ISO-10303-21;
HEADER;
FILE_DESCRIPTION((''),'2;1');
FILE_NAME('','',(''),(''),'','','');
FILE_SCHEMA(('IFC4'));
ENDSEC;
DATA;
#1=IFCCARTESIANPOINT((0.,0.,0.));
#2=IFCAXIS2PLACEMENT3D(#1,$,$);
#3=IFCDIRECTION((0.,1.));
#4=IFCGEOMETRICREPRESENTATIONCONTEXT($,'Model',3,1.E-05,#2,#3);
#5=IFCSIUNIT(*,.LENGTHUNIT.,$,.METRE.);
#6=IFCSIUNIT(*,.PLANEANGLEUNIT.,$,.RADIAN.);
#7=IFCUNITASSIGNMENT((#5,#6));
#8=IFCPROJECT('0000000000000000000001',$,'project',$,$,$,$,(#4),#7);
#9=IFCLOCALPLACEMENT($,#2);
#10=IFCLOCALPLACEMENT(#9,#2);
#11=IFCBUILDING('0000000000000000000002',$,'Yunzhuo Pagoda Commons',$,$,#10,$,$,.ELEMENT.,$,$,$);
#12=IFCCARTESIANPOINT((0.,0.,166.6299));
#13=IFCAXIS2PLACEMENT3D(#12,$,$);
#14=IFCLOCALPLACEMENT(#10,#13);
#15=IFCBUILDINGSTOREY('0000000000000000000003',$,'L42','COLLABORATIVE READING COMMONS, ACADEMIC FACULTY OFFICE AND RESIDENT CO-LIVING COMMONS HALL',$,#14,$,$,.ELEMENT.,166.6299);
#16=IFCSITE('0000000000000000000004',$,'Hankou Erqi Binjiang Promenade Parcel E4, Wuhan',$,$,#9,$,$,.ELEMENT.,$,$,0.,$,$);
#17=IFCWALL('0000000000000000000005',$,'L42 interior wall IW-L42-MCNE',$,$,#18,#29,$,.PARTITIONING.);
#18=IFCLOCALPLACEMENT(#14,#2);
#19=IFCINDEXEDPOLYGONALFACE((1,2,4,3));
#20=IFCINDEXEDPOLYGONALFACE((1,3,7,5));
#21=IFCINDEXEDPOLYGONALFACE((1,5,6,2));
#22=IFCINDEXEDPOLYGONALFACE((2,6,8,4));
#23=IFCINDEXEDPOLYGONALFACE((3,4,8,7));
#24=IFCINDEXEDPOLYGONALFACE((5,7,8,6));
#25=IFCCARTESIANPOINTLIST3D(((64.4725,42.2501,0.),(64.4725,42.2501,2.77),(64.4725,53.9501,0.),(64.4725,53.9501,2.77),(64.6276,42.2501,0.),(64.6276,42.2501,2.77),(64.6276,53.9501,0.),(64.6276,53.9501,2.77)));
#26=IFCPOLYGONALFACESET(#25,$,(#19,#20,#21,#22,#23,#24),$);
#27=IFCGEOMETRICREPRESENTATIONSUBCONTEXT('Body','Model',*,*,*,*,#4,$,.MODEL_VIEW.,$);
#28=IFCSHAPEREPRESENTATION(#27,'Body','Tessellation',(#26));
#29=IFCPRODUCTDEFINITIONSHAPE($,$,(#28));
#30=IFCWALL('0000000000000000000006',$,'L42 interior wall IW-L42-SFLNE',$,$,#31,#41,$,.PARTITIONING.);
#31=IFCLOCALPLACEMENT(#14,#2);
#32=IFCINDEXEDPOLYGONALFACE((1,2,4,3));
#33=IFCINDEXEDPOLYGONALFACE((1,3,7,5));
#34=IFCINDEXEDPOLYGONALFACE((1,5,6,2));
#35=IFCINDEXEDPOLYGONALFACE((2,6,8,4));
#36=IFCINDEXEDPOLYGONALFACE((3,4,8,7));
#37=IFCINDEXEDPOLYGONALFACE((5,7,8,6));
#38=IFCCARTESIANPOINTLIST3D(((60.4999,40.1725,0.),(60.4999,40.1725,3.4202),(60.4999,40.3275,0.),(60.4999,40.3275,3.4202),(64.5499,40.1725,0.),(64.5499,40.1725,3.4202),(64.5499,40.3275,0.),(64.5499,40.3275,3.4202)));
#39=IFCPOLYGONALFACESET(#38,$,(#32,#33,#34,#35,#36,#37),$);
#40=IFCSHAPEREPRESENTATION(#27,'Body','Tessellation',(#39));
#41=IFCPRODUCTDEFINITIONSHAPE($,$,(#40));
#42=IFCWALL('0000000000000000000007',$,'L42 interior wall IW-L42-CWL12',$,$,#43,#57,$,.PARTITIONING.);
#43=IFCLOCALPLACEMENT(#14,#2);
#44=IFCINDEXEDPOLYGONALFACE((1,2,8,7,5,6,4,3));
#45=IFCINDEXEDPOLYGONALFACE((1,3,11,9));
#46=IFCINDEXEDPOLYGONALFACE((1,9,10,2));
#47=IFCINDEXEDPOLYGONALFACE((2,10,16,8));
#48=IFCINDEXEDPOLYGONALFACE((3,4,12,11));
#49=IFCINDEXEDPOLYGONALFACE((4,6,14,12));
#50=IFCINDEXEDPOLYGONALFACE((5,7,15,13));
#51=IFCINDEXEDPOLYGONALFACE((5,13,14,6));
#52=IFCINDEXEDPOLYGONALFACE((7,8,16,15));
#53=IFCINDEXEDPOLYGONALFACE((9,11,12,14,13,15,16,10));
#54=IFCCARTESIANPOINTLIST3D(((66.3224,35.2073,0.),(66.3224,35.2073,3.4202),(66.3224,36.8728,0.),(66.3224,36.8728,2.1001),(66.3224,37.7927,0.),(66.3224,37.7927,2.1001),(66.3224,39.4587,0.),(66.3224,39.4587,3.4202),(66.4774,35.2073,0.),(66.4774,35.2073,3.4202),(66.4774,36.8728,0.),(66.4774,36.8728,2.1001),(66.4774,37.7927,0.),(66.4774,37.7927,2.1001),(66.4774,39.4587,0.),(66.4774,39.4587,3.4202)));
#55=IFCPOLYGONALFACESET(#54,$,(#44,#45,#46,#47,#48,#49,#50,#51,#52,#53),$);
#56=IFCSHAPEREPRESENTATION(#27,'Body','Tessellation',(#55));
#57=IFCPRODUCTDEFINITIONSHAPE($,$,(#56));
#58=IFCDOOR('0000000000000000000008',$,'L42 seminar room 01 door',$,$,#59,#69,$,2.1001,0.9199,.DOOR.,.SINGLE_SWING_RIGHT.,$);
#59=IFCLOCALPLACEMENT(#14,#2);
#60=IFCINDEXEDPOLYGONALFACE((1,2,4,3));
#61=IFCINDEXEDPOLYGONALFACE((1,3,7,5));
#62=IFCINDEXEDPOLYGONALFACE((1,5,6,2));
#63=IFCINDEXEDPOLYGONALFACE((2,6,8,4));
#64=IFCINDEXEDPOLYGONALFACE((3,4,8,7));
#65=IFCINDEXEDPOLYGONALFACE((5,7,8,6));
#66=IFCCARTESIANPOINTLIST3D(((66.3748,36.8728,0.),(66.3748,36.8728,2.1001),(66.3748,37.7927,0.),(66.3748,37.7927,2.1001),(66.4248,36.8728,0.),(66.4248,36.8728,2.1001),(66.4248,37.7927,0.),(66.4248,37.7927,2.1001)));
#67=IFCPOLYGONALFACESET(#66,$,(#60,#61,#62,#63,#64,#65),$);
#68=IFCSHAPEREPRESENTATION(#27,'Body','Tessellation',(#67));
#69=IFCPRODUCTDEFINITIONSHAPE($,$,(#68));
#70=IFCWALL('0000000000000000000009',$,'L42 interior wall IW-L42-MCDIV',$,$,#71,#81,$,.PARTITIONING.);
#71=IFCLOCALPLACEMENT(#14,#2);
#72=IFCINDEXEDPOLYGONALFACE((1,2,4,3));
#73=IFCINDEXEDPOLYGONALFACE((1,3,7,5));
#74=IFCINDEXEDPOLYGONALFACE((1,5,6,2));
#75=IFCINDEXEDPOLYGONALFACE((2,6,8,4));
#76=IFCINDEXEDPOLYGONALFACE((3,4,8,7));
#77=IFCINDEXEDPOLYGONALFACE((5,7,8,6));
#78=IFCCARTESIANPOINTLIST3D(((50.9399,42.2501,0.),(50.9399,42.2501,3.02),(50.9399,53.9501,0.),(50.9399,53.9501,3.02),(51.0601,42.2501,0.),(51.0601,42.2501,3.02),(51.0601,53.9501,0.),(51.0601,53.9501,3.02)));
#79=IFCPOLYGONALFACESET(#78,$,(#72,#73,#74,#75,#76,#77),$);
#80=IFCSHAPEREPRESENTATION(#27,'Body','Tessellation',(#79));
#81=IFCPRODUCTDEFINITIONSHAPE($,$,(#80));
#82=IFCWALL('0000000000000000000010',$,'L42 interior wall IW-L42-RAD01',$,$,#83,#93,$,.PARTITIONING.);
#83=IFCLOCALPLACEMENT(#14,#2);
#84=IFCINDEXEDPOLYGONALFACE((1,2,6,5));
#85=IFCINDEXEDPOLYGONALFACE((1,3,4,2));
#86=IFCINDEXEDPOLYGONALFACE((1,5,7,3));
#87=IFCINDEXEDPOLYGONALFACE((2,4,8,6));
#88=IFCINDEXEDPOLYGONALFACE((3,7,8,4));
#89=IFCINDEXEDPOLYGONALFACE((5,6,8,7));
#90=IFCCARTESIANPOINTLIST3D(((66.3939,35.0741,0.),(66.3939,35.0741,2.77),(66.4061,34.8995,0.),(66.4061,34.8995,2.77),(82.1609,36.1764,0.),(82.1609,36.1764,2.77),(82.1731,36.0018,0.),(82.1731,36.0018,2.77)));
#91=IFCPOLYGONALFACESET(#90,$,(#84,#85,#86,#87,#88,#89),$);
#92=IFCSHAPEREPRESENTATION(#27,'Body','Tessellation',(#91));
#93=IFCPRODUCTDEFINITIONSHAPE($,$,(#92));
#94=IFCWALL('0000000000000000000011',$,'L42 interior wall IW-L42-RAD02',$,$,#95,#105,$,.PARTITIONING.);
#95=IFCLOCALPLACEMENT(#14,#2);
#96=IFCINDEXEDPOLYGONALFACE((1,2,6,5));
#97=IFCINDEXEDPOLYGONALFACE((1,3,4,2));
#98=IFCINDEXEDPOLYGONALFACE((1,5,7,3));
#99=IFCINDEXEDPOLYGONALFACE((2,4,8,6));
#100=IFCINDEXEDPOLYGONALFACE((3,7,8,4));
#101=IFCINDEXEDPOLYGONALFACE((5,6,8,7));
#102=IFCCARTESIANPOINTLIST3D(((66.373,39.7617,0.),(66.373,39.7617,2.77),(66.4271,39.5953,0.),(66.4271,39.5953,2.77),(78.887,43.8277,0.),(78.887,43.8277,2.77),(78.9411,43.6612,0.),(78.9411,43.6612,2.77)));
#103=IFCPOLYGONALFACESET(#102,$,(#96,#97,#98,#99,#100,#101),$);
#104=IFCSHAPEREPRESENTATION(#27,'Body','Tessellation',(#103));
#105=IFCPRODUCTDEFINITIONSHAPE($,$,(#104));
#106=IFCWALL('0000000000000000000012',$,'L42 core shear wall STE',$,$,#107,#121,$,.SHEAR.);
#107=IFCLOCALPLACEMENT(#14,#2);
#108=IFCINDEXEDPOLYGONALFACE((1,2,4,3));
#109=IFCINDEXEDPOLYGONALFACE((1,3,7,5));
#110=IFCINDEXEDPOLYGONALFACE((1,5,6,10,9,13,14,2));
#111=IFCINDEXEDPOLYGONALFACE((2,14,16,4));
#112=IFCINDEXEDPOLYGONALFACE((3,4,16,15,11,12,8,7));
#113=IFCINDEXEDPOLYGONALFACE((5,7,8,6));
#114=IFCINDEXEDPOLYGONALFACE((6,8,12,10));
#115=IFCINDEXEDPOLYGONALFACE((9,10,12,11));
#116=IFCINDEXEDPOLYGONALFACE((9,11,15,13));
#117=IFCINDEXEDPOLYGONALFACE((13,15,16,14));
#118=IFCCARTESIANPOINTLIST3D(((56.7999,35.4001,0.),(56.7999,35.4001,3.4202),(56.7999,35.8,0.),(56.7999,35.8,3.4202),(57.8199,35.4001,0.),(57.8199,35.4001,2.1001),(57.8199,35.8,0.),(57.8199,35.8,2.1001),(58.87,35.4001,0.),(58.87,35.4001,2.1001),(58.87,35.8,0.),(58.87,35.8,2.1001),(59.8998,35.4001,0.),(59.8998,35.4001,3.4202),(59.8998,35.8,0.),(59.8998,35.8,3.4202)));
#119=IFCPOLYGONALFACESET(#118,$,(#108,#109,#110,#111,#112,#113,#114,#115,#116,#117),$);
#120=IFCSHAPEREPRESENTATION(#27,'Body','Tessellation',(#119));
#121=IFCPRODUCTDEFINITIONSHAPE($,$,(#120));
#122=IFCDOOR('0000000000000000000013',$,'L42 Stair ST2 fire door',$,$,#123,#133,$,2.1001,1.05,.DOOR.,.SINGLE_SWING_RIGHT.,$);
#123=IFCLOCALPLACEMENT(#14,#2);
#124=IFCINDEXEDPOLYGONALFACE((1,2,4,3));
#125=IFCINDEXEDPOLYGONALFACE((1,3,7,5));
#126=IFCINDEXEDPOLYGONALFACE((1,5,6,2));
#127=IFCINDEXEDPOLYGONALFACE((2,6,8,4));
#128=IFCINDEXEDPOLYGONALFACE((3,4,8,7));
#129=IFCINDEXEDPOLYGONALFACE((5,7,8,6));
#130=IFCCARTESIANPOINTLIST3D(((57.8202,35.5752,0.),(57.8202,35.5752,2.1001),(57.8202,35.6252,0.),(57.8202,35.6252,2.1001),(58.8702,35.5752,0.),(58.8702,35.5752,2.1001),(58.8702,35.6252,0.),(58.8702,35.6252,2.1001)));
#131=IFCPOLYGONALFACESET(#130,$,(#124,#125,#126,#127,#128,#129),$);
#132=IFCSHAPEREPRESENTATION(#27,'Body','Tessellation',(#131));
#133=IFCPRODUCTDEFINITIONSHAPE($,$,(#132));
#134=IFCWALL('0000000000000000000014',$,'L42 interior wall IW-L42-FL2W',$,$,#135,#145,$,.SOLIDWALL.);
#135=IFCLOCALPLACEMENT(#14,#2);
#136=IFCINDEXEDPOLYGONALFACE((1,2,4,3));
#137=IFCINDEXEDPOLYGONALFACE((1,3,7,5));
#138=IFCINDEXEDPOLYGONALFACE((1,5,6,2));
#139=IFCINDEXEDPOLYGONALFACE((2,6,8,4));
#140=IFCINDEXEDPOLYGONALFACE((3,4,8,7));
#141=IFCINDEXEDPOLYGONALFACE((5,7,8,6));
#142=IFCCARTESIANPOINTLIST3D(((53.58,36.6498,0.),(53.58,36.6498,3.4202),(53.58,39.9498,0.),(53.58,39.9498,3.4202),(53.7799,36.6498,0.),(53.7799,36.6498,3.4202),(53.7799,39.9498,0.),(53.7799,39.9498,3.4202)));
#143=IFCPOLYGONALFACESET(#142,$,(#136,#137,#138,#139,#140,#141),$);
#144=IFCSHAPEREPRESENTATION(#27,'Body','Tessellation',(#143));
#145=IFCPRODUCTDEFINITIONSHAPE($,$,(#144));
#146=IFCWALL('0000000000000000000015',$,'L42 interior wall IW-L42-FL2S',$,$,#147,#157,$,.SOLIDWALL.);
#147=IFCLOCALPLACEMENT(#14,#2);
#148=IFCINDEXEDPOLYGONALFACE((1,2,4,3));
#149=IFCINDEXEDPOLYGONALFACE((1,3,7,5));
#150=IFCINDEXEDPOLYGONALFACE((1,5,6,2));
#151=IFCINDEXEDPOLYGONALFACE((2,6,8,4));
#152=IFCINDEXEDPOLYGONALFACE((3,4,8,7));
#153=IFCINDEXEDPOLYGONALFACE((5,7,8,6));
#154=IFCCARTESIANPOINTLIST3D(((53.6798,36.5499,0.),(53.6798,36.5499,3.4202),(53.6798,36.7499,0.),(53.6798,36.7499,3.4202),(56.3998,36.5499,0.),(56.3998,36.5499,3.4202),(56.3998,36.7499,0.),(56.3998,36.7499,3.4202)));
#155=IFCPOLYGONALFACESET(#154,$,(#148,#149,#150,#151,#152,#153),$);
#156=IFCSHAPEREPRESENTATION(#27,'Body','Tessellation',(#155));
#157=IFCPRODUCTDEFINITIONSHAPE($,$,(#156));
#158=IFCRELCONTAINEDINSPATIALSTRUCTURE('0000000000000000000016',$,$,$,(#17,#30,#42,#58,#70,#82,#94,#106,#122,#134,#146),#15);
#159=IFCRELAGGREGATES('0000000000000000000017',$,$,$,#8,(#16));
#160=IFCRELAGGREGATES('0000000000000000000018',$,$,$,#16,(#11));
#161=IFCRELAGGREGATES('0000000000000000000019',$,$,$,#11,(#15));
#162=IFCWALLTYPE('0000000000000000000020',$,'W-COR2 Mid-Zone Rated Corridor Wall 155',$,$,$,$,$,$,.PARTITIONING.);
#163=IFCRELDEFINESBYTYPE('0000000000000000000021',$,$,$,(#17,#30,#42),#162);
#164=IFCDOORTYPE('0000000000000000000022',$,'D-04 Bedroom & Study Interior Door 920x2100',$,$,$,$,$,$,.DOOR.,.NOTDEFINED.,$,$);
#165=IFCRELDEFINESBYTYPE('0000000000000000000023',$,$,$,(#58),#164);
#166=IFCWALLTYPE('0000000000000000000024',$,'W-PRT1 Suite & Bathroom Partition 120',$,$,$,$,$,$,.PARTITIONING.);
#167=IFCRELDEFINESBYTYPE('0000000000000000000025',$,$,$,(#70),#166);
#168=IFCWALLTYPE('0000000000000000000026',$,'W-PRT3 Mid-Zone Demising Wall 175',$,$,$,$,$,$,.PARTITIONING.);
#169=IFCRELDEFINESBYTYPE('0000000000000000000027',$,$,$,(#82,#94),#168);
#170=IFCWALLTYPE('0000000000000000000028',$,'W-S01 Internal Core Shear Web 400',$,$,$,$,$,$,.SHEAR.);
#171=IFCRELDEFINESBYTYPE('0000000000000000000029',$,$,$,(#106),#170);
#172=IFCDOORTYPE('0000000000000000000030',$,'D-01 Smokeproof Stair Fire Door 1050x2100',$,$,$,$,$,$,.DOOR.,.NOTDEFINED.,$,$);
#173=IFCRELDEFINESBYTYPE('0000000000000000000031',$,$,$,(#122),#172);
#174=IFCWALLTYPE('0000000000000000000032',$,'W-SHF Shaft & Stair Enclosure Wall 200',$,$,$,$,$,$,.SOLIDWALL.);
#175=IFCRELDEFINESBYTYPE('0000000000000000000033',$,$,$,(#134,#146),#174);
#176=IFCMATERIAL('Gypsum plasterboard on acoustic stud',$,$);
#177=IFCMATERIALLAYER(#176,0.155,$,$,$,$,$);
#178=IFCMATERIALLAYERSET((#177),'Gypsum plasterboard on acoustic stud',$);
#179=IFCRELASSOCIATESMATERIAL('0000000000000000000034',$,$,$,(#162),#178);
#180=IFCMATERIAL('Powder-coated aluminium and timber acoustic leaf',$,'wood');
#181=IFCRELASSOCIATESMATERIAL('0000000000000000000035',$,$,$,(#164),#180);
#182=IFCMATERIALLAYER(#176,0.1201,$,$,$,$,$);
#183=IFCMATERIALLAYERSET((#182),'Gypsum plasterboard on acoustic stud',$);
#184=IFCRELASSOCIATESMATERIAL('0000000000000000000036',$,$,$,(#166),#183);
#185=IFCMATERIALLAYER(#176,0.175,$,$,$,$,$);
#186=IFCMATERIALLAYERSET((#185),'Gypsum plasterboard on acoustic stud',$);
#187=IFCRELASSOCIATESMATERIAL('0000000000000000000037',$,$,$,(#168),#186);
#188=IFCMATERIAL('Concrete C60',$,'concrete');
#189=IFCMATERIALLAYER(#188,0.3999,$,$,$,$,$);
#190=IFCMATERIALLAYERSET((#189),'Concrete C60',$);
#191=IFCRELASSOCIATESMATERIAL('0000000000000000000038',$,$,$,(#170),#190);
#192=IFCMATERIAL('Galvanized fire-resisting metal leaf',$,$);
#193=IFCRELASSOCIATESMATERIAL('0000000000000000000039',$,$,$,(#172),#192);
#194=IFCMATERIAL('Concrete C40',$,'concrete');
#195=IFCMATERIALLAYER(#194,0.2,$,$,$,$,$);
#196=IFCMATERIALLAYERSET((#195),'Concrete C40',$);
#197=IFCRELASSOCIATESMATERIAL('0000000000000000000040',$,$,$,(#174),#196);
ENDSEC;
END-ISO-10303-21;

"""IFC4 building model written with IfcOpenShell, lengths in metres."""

from ifc_helpers import new_model, si_unit, direction, frame, frame_2d, origin, origin_with_axes, place, context, subcontext, project, spatial, rectangle, extrude, source, transform, mapped, material, layer, layer_set, type_object, element, fill, save


model = new_model("IFC4")

# Units and contexts
model_context = context("Model", 3, precision=1e-05, world=origin(), true_north=direction((0.0, 1.0)))
body_context = subcontext(model_context, "Body", "Model", "MODEL_VIEW")
ifc_project = project(units=[si_unit("LENGTHUNIT", "METRE"), si_unit("PLANEANGLEUNIT", "RADIAN")], contexts=[model_context])

# Site, building, storey
site_placement = place(None, origin())
site = spatial("IfcSite", under=ifc_project, at=site_placement, Name="Hankou Erqi Binjiang Promenade Parcel E4, Wuhan", CompositionType="ELEMENT", RefElevation=0.0)
building_placement = place(site_placement, origin())
building = spatial("IfcBuilding", under=site, at=building_placement, Name="Yunzhuo Pagoda Commons", CompositionType="ELEMENT")
storey_placement = place(building_placement, frame((0.0, 0.0, 166.6299)))
storey = spatial("IfcBuildingStorey", under=building, at=storey_placement, Name="L42", Description="COLLABORATIVE READING COMMONS, ACADEMIC FACULTY OFFICE AND RESIDENT CO-LIVING COMMONS HALL", CompositionType="ELEMENT", Elevation=166.6299)

# Shared definitions
ifc_material_1 = material(Name="Concrete C60", Category="concrete")
ifc_material_2 = material(Name="Galvanized fire-resisting metal leaf")
shared_shape_1 = source(origin(), body_context, "Body", "SweptSolid", [
    extrude(rectangle(XDim=1.05, YDim=2.1001, at=frame_2d((0.5249, 1.05))), frame((0.0, 0.0249, 0.0), z_axis=(0.0, -1.0, 0.0), x_axis=(1.0, 0.0, 0.0)), (0.0, 0.0, 1.0), 0.05),
])

# Walls
ifc_material_3 = material(Name="Gypsum plasterboard on acoustic stud")
ifc_layer_1 = layer(ifc_material_3, 0.155)
ifc_layer_set_1 = layer_set([ifc_layer_1], Name="Gypsum plasterboard on acoustic stud")
wall_type_1 = type_object("IfcWallType", Name="W-COR2 Mid-Zone Rated Corridor Wall 155", PredefinedType="PARTITIONING", material=ifc_layer_set_1)
wall_1_placement = place(storey_placement, frame((64.55, 42.25, 0.0), z_axis=(0.0, 0.0, 1.0), x_axis=(0.0, 1.0, 0.0)))
element("IfcWall", 1, at=wall_1_placement, inside=storey, type_object=wall_type_1, Name="L42 interior wall IW-L42-MCNE", PredefinedType="PARTITIONING", context=body_context, shape_type="SweptSolid", body=[
    extrude(rectangle(XDim=11.7, YDim=0.155, at=frame_2d((5.8501, 0.0))), origin(), (0.0, 0.0, 1.0), 2.77),
])
wall_2_placement = place(storey_placement, frame((60.5, 40.25, 0.0), z_axis=(0.0, 0.0, 1.0), x_axis=(1.0, 0.0, 0.0)))
element("IfcWall", 2, at=wall_2_placement, inside=storey, type_object=wall_type_1, Name="L42 interior wall IW-L42-SFLNE", PredefinedType="PARTITIONING", context=body_context, shape_type="SweptSolid", body=[
    extrude(rectangle(XDim=4.05, YDim=0.155, at=frame_2d((2.0249, 0.0))), origin(), (0.0, 0.0, 1.0), 3.4202),
])

# Wall, opening, door
wall_3_placement = place(storey_placement, frame((66.3999, 39.4587, 0.0), z_axis=(0.0, 0.0, 1.0), x_axis=(0.0, -1.0, 0.0)))
wall_3 = element("IfcWall", 3, at=wall_3_placement, inside=storey, type_object=wall_type_1, Name="L42 interior wall IW-L42-CWL12", PredefinedType="PARTITIONING", context=body_context, shape_type="SweptSolid", body=[
    extrude(rectangle(XDim=4.2515, YDim=0.155, at=frame_2d((2.1257, 0.0))), origin(), (0.0, 0.0, 1.0), 3.4202),
])
opening_1_placement = place(wall_3_placement, frame((1.666, 0.0, 0.0)))
opening_1 = element("IfcOpeningElement", 4, at=opening_1_placement, cuts=wall_3, PredefinedType="OPENING", context=body_context, shape_type="SweptSolid", body=[
    extrude(rectangle(XDim=0.9199, YDim=2.1001, at=frame_2d((0.46, 1.05))), frame((0.0, 0.0874, 0.0), z_axis=(0.0, -1.0, 0.0), x_axis=(1.0, 0.0, 0.0)), (0.0, 0.0, 1.0), 0.175),
])
ifc_material_4 = material(Name="Powder-coated aluminium and timber acoustic leaf", Category="wood")
door_type_1 = type_object("IfcDoorType", Name="D-04 Bedroom & Study Interior Door 920x2100", OperationType="NOTDEFINED", PredefinedType="DOOR", material=ifc_material_4)
shared_shape_2 = source(origin(), body_context, "Body", "SweptSolid", [
    extrude(rectangle(XDim=0.9199, YDim=2.1001, at=frame_2d((0.46, 1.05))), frame((0.0, 0.0249, 0.0), z_axis=(0.0, -1.0, 0.0), x_axis=(1.0, 0.0, 0.0)), (0.0, 0.0, 1.0), 0.05),
])
door_1_placement = place(opening_1_placement, origin_with_axes())
door_1 = element("IfcDoor", 5, at=door_1_placement, inside=storey, type_object=door_type_1, Name="L42 seminar room 01 door", OperationType="SINGLE_SWING_RIGHT", OverallHeight=2.1001, OverallWidth=0.9199, PredefinedType="DOOR", context=body_context, shape_type="MappedRepresentation", body=[
    mapped(shared_shape_2, transform((0.0, 0.0, 0.0), scale=1.0)),
])
fill(opening_1, door_1)

# Walls
ifc_layer_2 = layer(ifc_material_3, 0.1201)
ifc_layer_set_2 = layer_set([ifc_layer_2], Name="Gypsum plasterboard on acoustic stud")
wall_type_2 = type_object("IfcWallType", Name="W-PRT1 Suite & Bathroom Partition 120", PredefinedType="PARTITIONING", material=ifc_layer_set_2)
wall_4_placement = place(storey_placement, frame((51.0, 42.25, 0.0), z_axis=(0.0, 0.0, 1.0), x_axis=(0.0, 1.0, 0.0)))
element("IfcWall", 6, at=wall_4_placement, inside=storey, type_object=wall_type_2, Name="L42 interior wall IW-L42-MCDIV", PredefinedType="PARTITIONING", context=body_context, shape_type="SweptSolid", body=[
    extrude(rectangle(XDim=11.7, YDim=0.1201, at=frame_2d((5.8501, 0.0))), origin(), (0.0, 0.0, 1.0), 3.02),
])
ifc_layer_3 = layer(ifc_material_3, 0.175)
ifc_layer_set_3 = layer_set([ifc_layer_3], Name="Gypsum plasterboard on acoustic stud")
wall_type_3 = type_object("IfcWallType", Name="W-PRT3 Mid-Zone Demising Wall 175", PredefinedType="PARTITIONING", material=ifc_layer_set_3)
wall_5_placement = place(storey_placement, frame((66.3999, 34.9868, 0.0), z_axis=(0.0, 0.0, 1.0), x_axis=(0.997565, 0.069742, 0.0)))
element("IfcWall", 7, at=wall_5_placement, inside=storey, type_object=wall_type_3, Name="L42 interior wall IW-L42-RAD01", PredefinedType="PARTITIONING", context=body_context, shape_type="SweptSolid", body=[
    extrude(rectangle(XDim=15.8054, YDim=0.175, at=frame_2d((7.9028, 0.0))), origin(), (0.0, 0.0, 1.0), 2.77),
])
wall_6_placement = place(storey_placement, frame((66.3999, 39.6785, 0.0), z_axis=(0.0, 0.0, 1.0), x_axis=(0.951059, 0.30901, 0.0)))
element("IfcWall", 8, at=wall_6_placement, inside=storey, type_object=wall_type_3, Name="L42 interior wall IW-L42-RAD02", PredefinedType="PARTITIONING", context=body_context, shape_type="SweptSolid", body=[
    extrude(rectangle(XDim=13.158, YDim=0.175, at=frame_2d((6.5791, 0.0))), origin(), (0.0, 0.0, 1.0), 2.77),
])

# Wall, opening, door
ifc_layer_4 = layer(ifc_material_1, 0.3999)
ifc_layer_set_4 = layer_set([ifc_layer_4], Name="Concrete C60")
wall_type_4 = type_object("IfcWallType", Name="W-S01 Internal Core Shear Web 400", PredefinedType="SHEAR", material=ifc_layer_set_4)
wall_7_placement = place(storey_placement, frame((56.8, 35.6001, 0.0), z_axis=(0.0, 0.0, 1.0), x_axis=(1.0, 0.0, 0.0)))
wall_7 = element("IfcWall", 9, at=wall_7_placement, inside=storey, type_object=wall_type_4, Name="L42 core shear wall STE", PredefinedType="SHEAR", context=body_context, shape_type="SweptSolid", body=[
    extrude(rectangle(XDim=3.0999, YDim=0.3999, at=frame_2d((1.5498, 0.0))), origin(), (0.0, 0.0, 1.0), 3.4202),
])
opening_2_placement = place(wall_7_placement, frame((1.02, 0.0, 0.0)))
opening_2 = element("IfcOpeningElement", 10, at=opening_2_placement, cuts=wall_7, PredefinedType="OPENING", context=body_context, shape_type="SweptSolid", body=[
    extrude(rectangle(XDim=1.05, YDim=2.1001, at=frame_2d((0.5249, 1.05))), frame((0.0, 0.21, 0.0), z_axis=(0.0, -1.0, 0.0), x_axis=(1.0, 0.0, 0.0)), (0.0, 0.0, 1.0), 0.4199),
])
door_type_2 = type_object("IfcDoorType", Name="D-01 Smokeproof Stair Fire Door 1050x2100", OperationType="NOTDEFINED", PredefinedType="DOOR", material=ifc_material_2)
door_2_placement = place(opening_2_placement, frame((1.05, 0.0, 0.0), z_axis=(0.0, 0.0, 1.0), x_axis=(-1.0, 0.0, 0.0)))
door_2 = element("IfcDoor", 11, at=door_2_placement, inside=storey, type_object=door_type_2, Name="L42 Stair ST2 fire door", OperationType="SINGLE_SWING_RIGHT", OverallHeight=2.1001, OverallWidth=1.05, PredefinedType="DOOR", context=body_context, shape_type="MappedRepresentation", body=[
    mapped(shared_shape_1, transform((0.0, 0.0, 0.0), scale=1.0)),
])
fill(opening_2, door_2)

# Walls
ifc_material_5 = material(Name="Concrete C40", Category="concrete")
ifc_layer_5 = layer(ifc_material_5, 0.2)
ifc_layer_set_5 = layer_set([ifc_layer_5], Name="Concrete C40")
wall_type_5 = type_object("IfcWallType", Name="W-SHF Shaft & Stair Enclosure Wall 200", PredefinedType="SOLIDWALL", material=ifc_layer_set_5)
wall_8_placement = place(storey_placement, frame((53.6799, 36.6499, 0.0), z_axis=(0.0, 0.0, 1.0), x_axis=(0.0, 1.0, 0.0)))
element("IfcWall", 12, at=wall_8_placement, inside=storey, type_object=wall_type_5, Name="L42 interior wall IW-L42-FL2W", PredefinedType="SOLIDWALL", context=body_context, shape_type="SweptSolid", body=[
    extrude(rectangle(XDim=3.3, YDim=0.2, at=frame_2d((1.6499, 0.0))), origin(), (0.0, 0.0, 1.0), 3.4202),
])
wall_9_placement = place(storey_placement, frame((53.6799, 36.6499, 0.0), z_axis=(0.0, 0.0, 1.0), x_axis=(1.0, 0.0, 0.0)))
element("IfcWall", 13, at=wall_9_placement, inside=storey, type_object=wall_type_5, Name="L42 interior wall IW-L42-FL2S", PredefinedType="SOLIDWALL", context=body_context, shape_type="SweptSolid", body=[
    extrude(rectangle(XDim=2.72, YDim=0.2, at=frame_2d((1.3599, 0.0))), origin(), (0.0, 0.0, 1.0), 3.4202),
])

save(model, "model.ifc")
